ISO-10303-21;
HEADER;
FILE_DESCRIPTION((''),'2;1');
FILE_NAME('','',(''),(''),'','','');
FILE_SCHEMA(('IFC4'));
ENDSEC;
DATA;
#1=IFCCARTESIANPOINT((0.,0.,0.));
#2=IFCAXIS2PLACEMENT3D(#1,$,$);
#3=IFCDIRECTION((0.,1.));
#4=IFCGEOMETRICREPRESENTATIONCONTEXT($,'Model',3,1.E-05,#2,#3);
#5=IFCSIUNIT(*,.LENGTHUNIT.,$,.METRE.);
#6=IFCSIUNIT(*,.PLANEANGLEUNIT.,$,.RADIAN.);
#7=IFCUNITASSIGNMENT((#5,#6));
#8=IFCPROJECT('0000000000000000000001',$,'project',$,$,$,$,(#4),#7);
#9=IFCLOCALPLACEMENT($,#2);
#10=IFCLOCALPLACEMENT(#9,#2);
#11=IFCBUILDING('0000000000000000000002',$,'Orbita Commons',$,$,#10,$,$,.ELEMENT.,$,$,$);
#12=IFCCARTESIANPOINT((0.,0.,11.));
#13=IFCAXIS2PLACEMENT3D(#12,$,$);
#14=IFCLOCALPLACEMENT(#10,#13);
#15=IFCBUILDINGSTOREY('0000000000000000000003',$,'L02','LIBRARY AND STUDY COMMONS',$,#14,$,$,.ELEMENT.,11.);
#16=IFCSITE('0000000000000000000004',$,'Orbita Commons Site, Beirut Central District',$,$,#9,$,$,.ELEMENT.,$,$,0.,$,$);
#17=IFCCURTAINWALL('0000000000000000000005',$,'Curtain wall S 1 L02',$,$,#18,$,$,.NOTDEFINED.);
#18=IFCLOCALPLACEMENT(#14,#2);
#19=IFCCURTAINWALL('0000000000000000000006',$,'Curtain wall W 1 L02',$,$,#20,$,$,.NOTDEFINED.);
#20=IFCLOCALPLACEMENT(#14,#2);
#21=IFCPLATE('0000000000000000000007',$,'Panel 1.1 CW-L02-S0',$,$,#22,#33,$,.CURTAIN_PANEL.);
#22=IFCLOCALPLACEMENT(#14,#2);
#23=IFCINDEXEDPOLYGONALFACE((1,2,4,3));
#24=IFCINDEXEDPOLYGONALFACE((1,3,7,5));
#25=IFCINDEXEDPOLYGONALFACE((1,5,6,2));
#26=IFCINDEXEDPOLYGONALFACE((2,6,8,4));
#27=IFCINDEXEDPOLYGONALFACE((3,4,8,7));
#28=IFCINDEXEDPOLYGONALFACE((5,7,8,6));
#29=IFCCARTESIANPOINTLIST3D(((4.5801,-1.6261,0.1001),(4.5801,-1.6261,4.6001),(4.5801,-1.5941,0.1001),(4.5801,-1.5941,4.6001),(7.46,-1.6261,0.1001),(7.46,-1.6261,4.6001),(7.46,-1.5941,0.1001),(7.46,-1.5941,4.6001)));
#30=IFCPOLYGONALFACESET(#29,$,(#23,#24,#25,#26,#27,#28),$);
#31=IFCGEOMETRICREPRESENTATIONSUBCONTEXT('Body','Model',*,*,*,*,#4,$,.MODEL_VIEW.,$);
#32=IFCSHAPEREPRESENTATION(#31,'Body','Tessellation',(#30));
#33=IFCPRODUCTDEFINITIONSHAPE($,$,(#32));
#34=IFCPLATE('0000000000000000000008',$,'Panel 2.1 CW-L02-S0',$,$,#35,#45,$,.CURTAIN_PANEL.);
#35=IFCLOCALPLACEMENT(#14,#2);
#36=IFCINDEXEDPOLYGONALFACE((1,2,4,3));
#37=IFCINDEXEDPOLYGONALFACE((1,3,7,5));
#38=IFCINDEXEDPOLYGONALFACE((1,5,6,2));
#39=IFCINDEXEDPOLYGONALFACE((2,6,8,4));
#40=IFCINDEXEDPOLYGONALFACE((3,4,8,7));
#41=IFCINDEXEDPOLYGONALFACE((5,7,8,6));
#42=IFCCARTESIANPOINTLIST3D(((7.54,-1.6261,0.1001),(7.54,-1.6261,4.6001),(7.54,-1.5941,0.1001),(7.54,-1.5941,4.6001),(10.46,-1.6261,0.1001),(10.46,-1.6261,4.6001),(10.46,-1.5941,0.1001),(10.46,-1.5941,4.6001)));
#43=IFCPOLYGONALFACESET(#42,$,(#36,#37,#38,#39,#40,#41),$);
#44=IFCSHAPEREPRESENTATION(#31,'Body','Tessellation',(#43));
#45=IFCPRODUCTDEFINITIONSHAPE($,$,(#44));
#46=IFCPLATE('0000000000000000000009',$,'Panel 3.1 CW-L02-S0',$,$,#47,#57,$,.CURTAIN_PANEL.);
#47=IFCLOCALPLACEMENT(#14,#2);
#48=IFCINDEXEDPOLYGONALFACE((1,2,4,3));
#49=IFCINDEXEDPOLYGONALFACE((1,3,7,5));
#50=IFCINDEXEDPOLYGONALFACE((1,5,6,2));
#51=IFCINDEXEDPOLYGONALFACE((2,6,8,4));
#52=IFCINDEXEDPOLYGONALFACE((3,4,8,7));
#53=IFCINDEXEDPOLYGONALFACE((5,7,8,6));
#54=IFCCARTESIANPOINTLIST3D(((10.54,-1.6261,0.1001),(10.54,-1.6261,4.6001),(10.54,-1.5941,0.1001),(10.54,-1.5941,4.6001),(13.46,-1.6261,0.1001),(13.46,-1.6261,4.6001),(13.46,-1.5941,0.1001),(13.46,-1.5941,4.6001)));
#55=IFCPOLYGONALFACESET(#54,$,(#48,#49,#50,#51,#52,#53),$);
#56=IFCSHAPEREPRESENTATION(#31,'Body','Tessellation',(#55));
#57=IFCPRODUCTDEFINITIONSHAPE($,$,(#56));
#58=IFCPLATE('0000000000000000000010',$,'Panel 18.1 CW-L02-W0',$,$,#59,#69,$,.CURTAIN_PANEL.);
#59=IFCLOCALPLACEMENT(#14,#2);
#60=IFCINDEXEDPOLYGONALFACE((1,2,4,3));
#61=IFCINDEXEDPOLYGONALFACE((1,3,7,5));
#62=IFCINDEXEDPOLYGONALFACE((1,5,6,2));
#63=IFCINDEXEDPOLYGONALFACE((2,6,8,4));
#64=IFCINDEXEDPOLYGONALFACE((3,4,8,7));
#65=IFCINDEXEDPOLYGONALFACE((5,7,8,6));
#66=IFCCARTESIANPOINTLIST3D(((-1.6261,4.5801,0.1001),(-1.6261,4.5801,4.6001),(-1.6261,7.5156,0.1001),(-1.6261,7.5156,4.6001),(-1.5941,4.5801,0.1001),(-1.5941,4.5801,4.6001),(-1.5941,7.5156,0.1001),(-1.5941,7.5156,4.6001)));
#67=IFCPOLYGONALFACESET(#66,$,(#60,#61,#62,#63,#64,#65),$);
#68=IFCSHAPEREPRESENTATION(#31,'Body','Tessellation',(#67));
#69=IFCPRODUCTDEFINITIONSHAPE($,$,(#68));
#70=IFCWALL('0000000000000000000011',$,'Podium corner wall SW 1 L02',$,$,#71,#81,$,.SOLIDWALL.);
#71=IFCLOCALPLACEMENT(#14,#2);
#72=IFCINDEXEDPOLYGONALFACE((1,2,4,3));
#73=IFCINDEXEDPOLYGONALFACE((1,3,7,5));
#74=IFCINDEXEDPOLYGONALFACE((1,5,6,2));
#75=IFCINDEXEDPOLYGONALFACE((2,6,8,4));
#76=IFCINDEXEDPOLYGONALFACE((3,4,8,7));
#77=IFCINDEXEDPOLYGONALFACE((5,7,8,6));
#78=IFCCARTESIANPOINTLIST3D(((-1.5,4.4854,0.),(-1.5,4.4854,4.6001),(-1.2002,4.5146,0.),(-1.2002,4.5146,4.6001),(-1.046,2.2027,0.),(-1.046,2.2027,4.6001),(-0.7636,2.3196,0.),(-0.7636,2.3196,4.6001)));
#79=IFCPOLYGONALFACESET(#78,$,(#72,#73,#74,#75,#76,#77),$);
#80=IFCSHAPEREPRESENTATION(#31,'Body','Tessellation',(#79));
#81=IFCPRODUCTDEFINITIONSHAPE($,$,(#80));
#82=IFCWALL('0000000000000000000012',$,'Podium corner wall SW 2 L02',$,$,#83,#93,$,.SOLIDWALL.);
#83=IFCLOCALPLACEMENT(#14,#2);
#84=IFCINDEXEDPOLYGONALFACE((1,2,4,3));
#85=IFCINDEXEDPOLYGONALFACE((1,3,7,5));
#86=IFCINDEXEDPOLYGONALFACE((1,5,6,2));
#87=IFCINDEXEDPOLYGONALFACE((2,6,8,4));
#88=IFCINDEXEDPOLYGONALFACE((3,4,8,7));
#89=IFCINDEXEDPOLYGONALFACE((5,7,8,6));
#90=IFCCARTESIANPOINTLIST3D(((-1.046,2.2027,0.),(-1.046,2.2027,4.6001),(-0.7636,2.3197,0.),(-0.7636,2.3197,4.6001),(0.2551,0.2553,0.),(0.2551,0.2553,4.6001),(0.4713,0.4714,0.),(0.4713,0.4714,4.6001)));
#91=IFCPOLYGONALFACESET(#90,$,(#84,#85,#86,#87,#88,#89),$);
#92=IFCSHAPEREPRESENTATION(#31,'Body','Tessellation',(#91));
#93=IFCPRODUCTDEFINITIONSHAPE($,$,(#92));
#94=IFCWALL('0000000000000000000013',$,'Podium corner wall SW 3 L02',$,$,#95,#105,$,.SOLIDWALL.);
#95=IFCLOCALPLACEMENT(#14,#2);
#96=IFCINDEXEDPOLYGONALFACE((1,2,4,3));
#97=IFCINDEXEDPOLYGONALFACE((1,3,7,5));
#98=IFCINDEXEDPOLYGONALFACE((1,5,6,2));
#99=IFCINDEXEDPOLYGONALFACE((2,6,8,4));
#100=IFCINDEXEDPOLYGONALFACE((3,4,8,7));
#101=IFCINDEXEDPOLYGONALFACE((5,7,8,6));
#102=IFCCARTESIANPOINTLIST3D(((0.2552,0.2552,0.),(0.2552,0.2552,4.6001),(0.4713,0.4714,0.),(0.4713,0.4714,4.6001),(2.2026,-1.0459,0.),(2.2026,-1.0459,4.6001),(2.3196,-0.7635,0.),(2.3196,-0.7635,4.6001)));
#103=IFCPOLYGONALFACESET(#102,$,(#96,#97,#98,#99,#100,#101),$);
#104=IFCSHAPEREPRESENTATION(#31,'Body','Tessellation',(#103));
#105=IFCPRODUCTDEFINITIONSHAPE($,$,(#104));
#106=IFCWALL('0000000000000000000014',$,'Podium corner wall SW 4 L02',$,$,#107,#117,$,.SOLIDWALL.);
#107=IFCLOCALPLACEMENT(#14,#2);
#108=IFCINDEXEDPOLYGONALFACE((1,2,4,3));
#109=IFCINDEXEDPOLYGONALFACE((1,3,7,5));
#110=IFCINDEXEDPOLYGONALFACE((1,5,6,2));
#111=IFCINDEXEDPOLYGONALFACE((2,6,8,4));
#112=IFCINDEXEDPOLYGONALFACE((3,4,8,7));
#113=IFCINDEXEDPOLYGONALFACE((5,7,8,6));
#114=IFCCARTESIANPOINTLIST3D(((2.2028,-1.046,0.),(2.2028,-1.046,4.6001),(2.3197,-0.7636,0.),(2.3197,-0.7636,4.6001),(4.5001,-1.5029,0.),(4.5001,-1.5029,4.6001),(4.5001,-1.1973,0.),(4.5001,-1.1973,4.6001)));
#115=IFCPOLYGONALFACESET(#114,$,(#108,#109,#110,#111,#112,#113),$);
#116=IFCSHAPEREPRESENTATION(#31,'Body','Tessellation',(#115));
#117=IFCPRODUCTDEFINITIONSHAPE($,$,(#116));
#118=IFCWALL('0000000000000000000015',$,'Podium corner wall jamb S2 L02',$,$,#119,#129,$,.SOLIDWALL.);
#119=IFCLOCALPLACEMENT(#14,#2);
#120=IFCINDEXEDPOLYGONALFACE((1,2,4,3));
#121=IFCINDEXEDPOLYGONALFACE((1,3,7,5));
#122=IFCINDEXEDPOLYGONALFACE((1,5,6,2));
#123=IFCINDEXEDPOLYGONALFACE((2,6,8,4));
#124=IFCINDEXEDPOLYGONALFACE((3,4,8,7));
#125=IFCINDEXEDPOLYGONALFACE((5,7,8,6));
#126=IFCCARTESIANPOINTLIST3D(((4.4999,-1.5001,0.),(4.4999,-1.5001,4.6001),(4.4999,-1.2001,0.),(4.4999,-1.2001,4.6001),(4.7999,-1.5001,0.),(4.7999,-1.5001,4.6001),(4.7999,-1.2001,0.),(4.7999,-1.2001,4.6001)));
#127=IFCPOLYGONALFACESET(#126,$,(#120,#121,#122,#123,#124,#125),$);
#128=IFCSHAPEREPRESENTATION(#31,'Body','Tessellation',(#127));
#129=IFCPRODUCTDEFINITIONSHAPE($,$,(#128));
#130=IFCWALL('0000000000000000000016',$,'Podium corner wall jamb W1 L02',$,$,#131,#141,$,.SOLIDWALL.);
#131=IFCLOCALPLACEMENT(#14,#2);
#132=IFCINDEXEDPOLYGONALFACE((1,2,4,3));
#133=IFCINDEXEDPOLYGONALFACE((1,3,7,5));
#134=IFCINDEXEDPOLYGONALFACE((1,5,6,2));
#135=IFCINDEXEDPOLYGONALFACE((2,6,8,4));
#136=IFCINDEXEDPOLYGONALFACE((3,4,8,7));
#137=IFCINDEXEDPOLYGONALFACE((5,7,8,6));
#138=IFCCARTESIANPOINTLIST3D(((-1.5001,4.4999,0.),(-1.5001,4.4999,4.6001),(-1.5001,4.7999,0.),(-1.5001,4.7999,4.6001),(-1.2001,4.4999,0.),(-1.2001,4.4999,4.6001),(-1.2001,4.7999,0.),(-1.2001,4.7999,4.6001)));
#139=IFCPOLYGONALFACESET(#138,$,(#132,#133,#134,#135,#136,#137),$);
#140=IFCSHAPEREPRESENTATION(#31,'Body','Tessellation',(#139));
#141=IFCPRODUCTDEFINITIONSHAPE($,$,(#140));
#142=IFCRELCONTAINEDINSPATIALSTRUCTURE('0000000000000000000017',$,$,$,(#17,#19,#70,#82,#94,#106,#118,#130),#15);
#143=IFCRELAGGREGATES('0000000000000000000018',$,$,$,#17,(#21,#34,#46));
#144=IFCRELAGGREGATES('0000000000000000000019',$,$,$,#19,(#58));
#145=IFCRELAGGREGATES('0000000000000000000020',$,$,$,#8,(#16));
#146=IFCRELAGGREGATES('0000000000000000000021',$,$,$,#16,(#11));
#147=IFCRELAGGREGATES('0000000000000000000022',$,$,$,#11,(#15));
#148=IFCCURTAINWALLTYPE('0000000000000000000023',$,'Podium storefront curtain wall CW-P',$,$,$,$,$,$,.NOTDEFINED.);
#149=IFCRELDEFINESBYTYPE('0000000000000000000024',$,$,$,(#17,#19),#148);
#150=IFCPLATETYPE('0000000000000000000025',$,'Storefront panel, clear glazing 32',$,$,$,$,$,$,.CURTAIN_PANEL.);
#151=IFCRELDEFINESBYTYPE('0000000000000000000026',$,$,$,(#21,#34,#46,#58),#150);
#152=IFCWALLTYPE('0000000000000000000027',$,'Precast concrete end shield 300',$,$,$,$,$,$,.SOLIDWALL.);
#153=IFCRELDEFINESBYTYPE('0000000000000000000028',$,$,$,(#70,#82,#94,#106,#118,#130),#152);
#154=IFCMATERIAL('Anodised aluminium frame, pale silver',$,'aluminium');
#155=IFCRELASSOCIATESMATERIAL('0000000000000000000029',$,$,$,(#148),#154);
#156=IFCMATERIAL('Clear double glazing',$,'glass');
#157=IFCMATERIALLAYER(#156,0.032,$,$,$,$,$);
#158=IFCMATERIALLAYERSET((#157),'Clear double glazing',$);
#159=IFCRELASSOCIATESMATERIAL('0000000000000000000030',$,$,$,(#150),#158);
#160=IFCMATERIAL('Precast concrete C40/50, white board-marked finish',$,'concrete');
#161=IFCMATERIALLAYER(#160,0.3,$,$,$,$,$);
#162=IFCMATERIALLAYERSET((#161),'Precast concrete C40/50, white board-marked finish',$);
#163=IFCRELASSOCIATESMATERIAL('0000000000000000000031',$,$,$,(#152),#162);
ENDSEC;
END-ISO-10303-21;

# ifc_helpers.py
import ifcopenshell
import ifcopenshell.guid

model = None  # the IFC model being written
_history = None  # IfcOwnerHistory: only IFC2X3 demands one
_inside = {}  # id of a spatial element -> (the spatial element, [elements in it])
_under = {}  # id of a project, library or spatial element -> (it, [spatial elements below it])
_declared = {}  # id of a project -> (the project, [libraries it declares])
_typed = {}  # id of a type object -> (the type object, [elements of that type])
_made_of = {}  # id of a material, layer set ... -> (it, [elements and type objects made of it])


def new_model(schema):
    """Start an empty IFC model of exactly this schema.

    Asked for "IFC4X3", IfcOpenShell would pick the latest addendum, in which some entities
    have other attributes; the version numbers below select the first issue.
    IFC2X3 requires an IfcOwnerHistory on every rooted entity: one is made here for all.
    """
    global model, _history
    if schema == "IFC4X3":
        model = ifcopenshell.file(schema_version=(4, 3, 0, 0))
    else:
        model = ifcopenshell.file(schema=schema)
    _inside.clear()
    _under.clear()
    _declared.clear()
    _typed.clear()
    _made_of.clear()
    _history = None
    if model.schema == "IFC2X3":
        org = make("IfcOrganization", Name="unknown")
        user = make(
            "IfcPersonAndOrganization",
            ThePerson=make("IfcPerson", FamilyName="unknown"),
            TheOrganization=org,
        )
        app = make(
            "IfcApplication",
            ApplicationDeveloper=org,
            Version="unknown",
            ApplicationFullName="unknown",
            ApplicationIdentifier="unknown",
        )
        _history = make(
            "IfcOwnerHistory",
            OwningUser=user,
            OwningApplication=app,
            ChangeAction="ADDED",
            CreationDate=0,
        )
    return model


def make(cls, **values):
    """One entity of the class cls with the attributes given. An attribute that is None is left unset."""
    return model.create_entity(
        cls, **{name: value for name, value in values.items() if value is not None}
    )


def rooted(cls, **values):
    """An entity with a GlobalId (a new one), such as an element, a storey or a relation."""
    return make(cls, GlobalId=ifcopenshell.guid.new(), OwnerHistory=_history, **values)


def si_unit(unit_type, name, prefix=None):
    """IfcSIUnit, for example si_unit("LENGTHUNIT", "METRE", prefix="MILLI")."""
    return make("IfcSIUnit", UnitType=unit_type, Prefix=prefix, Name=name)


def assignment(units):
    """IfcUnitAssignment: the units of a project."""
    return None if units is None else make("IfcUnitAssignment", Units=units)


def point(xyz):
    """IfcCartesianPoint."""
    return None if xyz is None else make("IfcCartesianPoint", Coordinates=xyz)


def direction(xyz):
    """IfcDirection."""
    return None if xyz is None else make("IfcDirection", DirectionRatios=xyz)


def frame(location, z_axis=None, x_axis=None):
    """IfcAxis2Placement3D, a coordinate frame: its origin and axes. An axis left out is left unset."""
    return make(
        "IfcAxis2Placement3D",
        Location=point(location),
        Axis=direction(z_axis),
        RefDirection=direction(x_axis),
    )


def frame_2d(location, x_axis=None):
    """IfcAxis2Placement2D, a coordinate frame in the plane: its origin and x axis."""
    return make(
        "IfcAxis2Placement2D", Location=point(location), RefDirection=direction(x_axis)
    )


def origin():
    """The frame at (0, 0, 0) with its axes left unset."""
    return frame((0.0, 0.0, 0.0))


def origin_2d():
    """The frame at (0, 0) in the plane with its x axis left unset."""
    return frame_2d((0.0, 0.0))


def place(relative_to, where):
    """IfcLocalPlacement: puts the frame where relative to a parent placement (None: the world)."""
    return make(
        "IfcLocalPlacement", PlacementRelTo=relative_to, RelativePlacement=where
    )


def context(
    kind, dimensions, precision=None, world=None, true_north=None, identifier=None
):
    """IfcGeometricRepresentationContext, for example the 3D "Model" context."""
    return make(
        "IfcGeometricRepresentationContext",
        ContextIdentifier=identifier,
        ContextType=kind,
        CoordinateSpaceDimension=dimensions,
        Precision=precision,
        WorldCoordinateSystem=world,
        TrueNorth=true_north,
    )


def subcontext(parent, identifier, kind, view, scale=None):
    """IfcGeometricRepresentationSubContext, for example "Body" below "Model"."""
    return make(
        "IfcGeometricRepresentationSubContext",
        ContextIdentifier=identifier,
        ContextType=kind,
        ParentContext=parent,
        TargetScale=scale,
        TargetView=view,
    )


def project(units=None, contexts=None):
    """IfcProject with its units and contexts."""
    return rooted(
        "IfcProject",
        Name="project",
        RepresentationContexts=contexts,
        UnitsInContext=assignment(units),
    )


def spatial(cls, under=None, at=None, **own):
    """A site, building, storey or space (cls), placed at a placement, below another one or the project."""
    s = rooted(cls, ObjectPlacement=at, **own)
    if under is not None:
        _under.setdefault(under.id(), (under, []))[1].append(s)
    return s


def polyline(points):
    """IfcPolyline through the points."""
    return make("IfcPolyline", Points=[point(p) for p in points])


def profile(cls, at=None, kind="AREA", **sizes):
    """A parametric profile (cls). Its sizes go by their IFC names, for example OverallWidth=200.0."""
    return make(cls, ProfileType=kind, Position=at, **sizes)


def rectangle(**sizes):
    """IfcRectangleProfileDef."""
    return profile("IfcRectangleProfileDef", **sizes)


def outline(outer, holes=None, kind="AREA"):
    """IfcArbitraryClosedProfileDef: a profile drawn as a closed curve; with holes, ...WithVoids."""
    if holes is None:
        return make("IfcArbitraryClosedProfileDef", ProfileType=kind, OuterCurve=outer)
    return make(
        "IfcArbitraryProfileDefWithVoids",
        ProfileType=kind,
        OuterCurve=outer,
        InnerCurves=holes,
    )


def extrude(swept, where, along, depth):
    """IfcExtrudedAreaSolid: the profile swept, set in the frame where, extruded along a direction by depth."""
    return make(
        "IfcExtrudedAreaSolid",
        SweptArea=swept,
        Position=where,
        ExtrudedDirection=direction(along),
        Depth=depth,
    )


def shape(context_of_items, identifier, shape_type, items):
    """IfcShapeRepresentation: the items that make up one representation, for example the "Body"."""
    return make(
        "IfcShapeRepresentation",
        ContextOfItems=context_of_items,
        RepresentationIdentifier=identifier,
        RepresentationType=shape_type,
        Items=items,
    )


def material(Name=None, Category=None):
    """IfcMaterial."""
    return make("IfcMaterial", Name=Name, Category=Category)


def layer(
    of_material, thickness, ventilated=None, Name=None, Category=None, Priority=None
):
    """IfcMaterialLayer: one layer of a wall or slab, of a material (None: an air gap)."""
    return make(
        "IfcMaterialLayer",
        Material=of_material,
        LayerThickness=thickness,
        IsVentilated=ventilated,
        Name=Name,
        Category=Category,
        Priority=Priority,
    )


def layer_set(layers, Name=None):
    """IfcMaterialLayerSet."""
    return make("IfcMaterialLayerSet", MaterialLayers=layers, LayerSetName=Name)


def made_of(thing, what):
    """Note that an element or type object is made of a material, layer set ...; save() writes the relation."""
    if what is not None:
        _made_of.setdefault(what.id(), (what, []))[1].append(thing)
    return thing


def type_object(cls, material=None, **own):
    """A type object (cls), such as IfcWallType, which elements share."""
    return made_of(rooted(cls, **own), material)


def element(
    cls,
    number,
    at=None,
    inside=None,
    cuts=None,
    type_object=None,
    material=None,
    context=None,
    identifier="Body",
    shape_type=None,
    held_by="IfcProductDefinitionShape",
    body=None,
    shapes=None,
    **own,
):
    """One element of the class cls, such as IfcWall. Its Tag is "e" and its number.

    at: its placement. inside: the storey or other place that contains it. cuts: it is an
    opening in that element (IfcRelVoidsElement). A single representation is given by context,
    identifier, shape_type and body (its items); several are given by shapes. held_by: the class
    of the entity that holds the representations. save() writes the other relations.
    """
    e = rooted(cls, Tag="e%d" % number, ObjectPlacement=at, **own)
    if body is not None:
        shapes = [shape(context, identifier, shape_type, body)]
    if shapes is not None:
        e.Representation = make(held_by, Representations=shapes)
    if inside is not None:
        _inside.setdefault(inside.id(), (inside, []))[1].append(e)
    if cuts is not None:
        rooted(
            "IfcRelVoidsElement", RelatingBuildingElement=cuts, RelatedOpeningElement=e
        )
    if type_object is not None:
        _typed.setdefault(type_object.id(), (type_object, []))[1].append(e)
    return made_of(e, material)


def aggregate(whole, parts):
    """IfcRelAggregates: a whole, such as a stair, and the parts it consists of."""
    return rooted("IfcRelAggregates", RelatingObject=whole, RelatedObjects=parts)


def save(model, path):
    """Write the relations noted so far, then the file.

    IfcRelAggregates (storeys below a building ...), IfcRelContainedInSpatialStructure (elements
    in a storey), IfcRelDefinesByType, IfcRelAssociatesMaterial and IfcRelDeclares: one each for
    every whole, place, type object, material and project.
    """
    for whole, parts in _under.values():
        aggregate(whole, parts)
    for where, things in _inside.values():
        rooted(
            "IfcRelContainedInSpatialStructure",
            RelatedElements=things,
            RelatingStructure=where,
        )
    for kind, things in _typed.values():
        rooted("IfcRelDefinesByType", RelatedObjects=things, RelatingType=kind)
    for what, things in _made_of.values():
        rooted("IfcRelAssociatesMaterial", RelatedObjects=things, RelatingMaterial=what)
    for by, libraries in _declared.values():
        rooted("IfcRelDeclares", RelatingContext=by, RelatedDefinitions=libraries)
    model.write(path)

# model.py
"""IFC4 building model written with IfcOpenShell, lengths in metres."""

from ifc_helpers import new_model, si_unit, direction, frame, frame_2d, origin, origin_2d, place, context, subcontext, project, spatial, polyline, rectangle, outline, extrude, material, layer, layer_set, type_object, element, aggregate, save


model = new_model("IFC4")

# Units and contexts
model_context = context("Model", 3, precision=1e-05, world=origin(), true_north=direction((0.0, 1.0)))
body_context = subcontext(model_context, "Body", "Model", "MODEL_VIEW")
ifc_project = project(units=[si_unit("LENGTHUNIT", "METRE"), si_unit("PLANEANGLEUNIT", "RADIAN")], contexts=[model_context])

# Site, building, storey
site_placement = place(None, origin())
site = spatial("IfcSite", under=ifc_project, at=site_placement, Name="Orbita Commons Site, Beirut Central District", CompositionType="ELEMENT", RefElevation=0.0)
building_placement = place(site_placement, origin())
building = spatial("IfcBuilding", under=site, at=building_placement, Name="Orbita Commons", CompositionType="ELEMENT")
storey_placement = place(building_placement, frame((0.0, 0.0, 11.0)))
storey = spatial("IfcBuildingStorey", under=building, at=storey_placement, Name="L02", Description="LIBRARY AND STUDY COMMONS", CompositionType="ELEMENT", Elevation=11.0)

# Curtain wall
ifc_material_1 = material(Name="Anodised aluminium frame, pale silver", Category="aluminium")
curtain_wall_type = type_object("IfcCurtainWallType", Name="Podium storefront curtain wall CW-P", PredefinedType="NOTDEFINED", material=ifc_material_1)
curtain_wall_1_placement = place(storey_placement, origin())
curtain_wall_1 = element("IfcCurtainWall", 1, at=curtain_wall_1_placement, inside=storey, type_object=curtain_wall_type, Name="Curtain wall S 1 L02", PredefinedType="NOTDEFINED")

# Curtain wall
curtain_wall_2_placement = place(storey_placement, origin())
curtain_wall_2 = element("IfcCurtainWall", 2, at=curtain_wall_2_placement, inside=storey, type_object=curtain_wall_type, Name="Curtain wall W 1 L02", PredefinedType="NOTDEFINED")

# Plates
ifc_material_2 = material(Name="Clear double glazing", Category="glass")
ifc_layer_1 = layer(ifc_material_2, 0.032)
ifc_layer_set_1 = layer_set([ifc_layer_1], Name="Clear double glazing")
plate_type = type_object("IfcPlateType", Name="Storefront panel, clear glazing 32", PredefinedType="CURTAIN_PANEL", material=ifc_layer_set_1)
plate_1_placement = place(storey_placement, frame((6.02, -1.6101, 0.1001), z_axis=(0.0, 0.0, 1.0), x_axis=(1.0, 0.0, 0.0)))
plate_1 = element("IfcPlate", 3, at=plate_1_placement, type_object=plate_type, Name="Panel 1.1 CW-L02-S0", PredefinedType="CURTAIN_PANEL", context=body_context, shape_type="SweptSolid", body=[
    extrude(rectangle(XDim=2.8799, YDim=0.032, at=origin_2d()), origin(), (0.0, 0.0, 1.0), 4.5),
])
plate_2_placement = place(storey_placement, frame((9.0, -1.6101, 0.1001), z_axis=(0.0, 0.0, 1.0), x_axis=(1.0, 0.0, 0.0)))
plate_2 = element("IfcPlate", 4, at=plate_2_placement, type_object=plate_type, Name="Panel 2.1 CW-L02-S0", PredefinedType="CURTAIN_PANEL", context=body_context, shape_type="SweptSolid", body=[
    extrude(rectangle(XDim=2.9199, YDim=0.032, at=origin_2d()), origin(), (0.0, 0.0, 1.0), 4.5),
])
plate_3_placement = place(storey_placement, frame((12.0, -1.6101, 0.1001), z_axis=(0.0, 0.0, 1.0), x_axis=(1.0, 0.0, 0.0)))
plate_3 = element("IfcPlate", 5, at=plate_3_placement, type_object=plate_type, Name="Panel 3.1 CW-L02-S0", PredefinedType="CURTAIN_PANEL", context=body_context, shape_type="SweptSolid", body=[
    extrude(rectangle(XDim=2.9199, YDim=0.032, at=origin_2d()), origin(), (0.0, 0.0, 1.0), 4.5),
])
aggregate(curtain_wall_1, [plate_1, plate_2, plate_3])
plate_4_placement = place(storey_placement, frame((-1.6101, 6.0479, 0.1001), z_axis=(0.0, 0.0, 1.0), x_axis=(0.0, -1.0, 0.0)))
plate_4 = element("IfcPlate", 6, at=plate_4_placement, type_object=plate_type, Name="Panel 18.1 CW-L02-W0", PredefinedType="CURTAIN_PANEL", context=body_context, shape_type="SweptSolid", body=[
    extrude(rectangle(XDim=2.9355, YDim=0.032, at=origin_2d()), origin(), (0.0, 0.0, 1.0), 4.5),
])
aggregate(curtain_wall_2, [plate_4])

# Walls
ifc_material_3 = material(Name="Precast concrete C40/50, white board-marked finish", Category="concrete")
ifc_layer_2 = layer(ifc_material_3, 0.3)
ifc_layer_set_2 = layer_set([ifc_layer_2], Name="Precast concrete C40/50, white board-marked finish")
wall_type = type_object("IfcWallType", Name="Precast concrete end shield 300", PredefinedType="SOLIDWALL", material=ifc_layer_set_2)
wall_1_placement = place(storey_placement, frame((-1.3501, 4.5, 0.0), z_axis=(0.0, 0.0, 1.0), x_axis=(0.195088, -0.980786, 0.0)))
element("IfcWall", 7, at=wall_1_placement, inside=storey, type_object=wall_type, Name="Podium corner wall SW 1 L02", PredefinedType="SOLIDWALL", context=body_context, shape_type="SweptSolid", body=[
    extrude(outline(polyline([(-0.0149, -0.1499), (2.3125, -0.1499), (2.2529, 0.1499), (0.0149, 0.1499), (-0.0149, -0.1499)])), origin(), (0.0, 0.0, 1.0), 4.6001),
])
for number, where, z_axis, x_axis, name in (
    (8, (-0.9048, 2.2612, 0.0), (0.0, 0.0, 1.0), (0.555539, -0.83149, 0.0), "Podium corner wall SW 2 L02"),
    (9, (0.3633, 0.3633, 0.0), (0.0, 0.0, 1.0), (0.83149, -0.555539, 0.0), "Podium corner wall SW 3 L02"),
):
    element("IfcWall", number, at=place(storey_placement, frame(where, z_axis=z_axis, x_axis=x_axis)), inside=storey, type_object=wall_type, Name=name, PredefinedType="SOLIDWALL", context=body_context, shape_type="SweptSolid", body=[
        extrude(outline(polyline([(-0.0298, -0.1499), (2.3123, -0.1499), (2.2527, 0.1499), (0.0298, 0.1499), (-0.0298, -0.1499)])), origin(), (0.0, 0.0, 1.0), 4.6001),
    ])
wall_2_placement = place(storey_placement, frame((2.2612, -0.9048, 0.0), z_axis=(0.0, 0.0, 1.0), x_axis=(0.980786, -0.195088, 0.0)))
element("IfcWall", 10, at=wall_2_placement, inside=storey, type_object=wall_type, Name="Podium corner wall SW 4 L02", PredefinedType="SOLIDWALL", context=body_context, shape_type="SweptSolid", body=[
    extrude(outline(polyline([(-0.0298, -0.1499), (2.3125, -0.1499), (2.2529, 0.1499), (0.0298, 0.1499), (-0.0298, -0.1499)])), origin(), (0.0, 0.0, 1.0), 4.6001),
])
for number, where, z_axis, x_axis, name in (
    (11, (4.5, -1.3501, 0.0), (0.0, 0.0, 1.0), (1.0, 0.0, 0.0), "Podium corner wall jamb S2 L02"),
    (12, (-1.3501, 4.5, 0.0), (0.0, 0.0, 1.0), (0.0, 1.0, 0.0), "Podium corner wall jamb W1 L02"),
):
    element("IfcWall", number, at=place(storey_placement, frame(where, z_axis=z_axis, x_axis=x_axis)), inside=storey, type_object=wall_type, Name=name, PredefinedType="SOLIDWALL", context=body_context, shape_type="SweptSolid", body=[
        extrude(rectangle(XDim=0.3, YDim=0.3, at=frame_2d((0.1499, 0.0))), origin(), (0.0, 0.0, 1.0), 4.6001),
    ])

save(model, "model.ifc")
